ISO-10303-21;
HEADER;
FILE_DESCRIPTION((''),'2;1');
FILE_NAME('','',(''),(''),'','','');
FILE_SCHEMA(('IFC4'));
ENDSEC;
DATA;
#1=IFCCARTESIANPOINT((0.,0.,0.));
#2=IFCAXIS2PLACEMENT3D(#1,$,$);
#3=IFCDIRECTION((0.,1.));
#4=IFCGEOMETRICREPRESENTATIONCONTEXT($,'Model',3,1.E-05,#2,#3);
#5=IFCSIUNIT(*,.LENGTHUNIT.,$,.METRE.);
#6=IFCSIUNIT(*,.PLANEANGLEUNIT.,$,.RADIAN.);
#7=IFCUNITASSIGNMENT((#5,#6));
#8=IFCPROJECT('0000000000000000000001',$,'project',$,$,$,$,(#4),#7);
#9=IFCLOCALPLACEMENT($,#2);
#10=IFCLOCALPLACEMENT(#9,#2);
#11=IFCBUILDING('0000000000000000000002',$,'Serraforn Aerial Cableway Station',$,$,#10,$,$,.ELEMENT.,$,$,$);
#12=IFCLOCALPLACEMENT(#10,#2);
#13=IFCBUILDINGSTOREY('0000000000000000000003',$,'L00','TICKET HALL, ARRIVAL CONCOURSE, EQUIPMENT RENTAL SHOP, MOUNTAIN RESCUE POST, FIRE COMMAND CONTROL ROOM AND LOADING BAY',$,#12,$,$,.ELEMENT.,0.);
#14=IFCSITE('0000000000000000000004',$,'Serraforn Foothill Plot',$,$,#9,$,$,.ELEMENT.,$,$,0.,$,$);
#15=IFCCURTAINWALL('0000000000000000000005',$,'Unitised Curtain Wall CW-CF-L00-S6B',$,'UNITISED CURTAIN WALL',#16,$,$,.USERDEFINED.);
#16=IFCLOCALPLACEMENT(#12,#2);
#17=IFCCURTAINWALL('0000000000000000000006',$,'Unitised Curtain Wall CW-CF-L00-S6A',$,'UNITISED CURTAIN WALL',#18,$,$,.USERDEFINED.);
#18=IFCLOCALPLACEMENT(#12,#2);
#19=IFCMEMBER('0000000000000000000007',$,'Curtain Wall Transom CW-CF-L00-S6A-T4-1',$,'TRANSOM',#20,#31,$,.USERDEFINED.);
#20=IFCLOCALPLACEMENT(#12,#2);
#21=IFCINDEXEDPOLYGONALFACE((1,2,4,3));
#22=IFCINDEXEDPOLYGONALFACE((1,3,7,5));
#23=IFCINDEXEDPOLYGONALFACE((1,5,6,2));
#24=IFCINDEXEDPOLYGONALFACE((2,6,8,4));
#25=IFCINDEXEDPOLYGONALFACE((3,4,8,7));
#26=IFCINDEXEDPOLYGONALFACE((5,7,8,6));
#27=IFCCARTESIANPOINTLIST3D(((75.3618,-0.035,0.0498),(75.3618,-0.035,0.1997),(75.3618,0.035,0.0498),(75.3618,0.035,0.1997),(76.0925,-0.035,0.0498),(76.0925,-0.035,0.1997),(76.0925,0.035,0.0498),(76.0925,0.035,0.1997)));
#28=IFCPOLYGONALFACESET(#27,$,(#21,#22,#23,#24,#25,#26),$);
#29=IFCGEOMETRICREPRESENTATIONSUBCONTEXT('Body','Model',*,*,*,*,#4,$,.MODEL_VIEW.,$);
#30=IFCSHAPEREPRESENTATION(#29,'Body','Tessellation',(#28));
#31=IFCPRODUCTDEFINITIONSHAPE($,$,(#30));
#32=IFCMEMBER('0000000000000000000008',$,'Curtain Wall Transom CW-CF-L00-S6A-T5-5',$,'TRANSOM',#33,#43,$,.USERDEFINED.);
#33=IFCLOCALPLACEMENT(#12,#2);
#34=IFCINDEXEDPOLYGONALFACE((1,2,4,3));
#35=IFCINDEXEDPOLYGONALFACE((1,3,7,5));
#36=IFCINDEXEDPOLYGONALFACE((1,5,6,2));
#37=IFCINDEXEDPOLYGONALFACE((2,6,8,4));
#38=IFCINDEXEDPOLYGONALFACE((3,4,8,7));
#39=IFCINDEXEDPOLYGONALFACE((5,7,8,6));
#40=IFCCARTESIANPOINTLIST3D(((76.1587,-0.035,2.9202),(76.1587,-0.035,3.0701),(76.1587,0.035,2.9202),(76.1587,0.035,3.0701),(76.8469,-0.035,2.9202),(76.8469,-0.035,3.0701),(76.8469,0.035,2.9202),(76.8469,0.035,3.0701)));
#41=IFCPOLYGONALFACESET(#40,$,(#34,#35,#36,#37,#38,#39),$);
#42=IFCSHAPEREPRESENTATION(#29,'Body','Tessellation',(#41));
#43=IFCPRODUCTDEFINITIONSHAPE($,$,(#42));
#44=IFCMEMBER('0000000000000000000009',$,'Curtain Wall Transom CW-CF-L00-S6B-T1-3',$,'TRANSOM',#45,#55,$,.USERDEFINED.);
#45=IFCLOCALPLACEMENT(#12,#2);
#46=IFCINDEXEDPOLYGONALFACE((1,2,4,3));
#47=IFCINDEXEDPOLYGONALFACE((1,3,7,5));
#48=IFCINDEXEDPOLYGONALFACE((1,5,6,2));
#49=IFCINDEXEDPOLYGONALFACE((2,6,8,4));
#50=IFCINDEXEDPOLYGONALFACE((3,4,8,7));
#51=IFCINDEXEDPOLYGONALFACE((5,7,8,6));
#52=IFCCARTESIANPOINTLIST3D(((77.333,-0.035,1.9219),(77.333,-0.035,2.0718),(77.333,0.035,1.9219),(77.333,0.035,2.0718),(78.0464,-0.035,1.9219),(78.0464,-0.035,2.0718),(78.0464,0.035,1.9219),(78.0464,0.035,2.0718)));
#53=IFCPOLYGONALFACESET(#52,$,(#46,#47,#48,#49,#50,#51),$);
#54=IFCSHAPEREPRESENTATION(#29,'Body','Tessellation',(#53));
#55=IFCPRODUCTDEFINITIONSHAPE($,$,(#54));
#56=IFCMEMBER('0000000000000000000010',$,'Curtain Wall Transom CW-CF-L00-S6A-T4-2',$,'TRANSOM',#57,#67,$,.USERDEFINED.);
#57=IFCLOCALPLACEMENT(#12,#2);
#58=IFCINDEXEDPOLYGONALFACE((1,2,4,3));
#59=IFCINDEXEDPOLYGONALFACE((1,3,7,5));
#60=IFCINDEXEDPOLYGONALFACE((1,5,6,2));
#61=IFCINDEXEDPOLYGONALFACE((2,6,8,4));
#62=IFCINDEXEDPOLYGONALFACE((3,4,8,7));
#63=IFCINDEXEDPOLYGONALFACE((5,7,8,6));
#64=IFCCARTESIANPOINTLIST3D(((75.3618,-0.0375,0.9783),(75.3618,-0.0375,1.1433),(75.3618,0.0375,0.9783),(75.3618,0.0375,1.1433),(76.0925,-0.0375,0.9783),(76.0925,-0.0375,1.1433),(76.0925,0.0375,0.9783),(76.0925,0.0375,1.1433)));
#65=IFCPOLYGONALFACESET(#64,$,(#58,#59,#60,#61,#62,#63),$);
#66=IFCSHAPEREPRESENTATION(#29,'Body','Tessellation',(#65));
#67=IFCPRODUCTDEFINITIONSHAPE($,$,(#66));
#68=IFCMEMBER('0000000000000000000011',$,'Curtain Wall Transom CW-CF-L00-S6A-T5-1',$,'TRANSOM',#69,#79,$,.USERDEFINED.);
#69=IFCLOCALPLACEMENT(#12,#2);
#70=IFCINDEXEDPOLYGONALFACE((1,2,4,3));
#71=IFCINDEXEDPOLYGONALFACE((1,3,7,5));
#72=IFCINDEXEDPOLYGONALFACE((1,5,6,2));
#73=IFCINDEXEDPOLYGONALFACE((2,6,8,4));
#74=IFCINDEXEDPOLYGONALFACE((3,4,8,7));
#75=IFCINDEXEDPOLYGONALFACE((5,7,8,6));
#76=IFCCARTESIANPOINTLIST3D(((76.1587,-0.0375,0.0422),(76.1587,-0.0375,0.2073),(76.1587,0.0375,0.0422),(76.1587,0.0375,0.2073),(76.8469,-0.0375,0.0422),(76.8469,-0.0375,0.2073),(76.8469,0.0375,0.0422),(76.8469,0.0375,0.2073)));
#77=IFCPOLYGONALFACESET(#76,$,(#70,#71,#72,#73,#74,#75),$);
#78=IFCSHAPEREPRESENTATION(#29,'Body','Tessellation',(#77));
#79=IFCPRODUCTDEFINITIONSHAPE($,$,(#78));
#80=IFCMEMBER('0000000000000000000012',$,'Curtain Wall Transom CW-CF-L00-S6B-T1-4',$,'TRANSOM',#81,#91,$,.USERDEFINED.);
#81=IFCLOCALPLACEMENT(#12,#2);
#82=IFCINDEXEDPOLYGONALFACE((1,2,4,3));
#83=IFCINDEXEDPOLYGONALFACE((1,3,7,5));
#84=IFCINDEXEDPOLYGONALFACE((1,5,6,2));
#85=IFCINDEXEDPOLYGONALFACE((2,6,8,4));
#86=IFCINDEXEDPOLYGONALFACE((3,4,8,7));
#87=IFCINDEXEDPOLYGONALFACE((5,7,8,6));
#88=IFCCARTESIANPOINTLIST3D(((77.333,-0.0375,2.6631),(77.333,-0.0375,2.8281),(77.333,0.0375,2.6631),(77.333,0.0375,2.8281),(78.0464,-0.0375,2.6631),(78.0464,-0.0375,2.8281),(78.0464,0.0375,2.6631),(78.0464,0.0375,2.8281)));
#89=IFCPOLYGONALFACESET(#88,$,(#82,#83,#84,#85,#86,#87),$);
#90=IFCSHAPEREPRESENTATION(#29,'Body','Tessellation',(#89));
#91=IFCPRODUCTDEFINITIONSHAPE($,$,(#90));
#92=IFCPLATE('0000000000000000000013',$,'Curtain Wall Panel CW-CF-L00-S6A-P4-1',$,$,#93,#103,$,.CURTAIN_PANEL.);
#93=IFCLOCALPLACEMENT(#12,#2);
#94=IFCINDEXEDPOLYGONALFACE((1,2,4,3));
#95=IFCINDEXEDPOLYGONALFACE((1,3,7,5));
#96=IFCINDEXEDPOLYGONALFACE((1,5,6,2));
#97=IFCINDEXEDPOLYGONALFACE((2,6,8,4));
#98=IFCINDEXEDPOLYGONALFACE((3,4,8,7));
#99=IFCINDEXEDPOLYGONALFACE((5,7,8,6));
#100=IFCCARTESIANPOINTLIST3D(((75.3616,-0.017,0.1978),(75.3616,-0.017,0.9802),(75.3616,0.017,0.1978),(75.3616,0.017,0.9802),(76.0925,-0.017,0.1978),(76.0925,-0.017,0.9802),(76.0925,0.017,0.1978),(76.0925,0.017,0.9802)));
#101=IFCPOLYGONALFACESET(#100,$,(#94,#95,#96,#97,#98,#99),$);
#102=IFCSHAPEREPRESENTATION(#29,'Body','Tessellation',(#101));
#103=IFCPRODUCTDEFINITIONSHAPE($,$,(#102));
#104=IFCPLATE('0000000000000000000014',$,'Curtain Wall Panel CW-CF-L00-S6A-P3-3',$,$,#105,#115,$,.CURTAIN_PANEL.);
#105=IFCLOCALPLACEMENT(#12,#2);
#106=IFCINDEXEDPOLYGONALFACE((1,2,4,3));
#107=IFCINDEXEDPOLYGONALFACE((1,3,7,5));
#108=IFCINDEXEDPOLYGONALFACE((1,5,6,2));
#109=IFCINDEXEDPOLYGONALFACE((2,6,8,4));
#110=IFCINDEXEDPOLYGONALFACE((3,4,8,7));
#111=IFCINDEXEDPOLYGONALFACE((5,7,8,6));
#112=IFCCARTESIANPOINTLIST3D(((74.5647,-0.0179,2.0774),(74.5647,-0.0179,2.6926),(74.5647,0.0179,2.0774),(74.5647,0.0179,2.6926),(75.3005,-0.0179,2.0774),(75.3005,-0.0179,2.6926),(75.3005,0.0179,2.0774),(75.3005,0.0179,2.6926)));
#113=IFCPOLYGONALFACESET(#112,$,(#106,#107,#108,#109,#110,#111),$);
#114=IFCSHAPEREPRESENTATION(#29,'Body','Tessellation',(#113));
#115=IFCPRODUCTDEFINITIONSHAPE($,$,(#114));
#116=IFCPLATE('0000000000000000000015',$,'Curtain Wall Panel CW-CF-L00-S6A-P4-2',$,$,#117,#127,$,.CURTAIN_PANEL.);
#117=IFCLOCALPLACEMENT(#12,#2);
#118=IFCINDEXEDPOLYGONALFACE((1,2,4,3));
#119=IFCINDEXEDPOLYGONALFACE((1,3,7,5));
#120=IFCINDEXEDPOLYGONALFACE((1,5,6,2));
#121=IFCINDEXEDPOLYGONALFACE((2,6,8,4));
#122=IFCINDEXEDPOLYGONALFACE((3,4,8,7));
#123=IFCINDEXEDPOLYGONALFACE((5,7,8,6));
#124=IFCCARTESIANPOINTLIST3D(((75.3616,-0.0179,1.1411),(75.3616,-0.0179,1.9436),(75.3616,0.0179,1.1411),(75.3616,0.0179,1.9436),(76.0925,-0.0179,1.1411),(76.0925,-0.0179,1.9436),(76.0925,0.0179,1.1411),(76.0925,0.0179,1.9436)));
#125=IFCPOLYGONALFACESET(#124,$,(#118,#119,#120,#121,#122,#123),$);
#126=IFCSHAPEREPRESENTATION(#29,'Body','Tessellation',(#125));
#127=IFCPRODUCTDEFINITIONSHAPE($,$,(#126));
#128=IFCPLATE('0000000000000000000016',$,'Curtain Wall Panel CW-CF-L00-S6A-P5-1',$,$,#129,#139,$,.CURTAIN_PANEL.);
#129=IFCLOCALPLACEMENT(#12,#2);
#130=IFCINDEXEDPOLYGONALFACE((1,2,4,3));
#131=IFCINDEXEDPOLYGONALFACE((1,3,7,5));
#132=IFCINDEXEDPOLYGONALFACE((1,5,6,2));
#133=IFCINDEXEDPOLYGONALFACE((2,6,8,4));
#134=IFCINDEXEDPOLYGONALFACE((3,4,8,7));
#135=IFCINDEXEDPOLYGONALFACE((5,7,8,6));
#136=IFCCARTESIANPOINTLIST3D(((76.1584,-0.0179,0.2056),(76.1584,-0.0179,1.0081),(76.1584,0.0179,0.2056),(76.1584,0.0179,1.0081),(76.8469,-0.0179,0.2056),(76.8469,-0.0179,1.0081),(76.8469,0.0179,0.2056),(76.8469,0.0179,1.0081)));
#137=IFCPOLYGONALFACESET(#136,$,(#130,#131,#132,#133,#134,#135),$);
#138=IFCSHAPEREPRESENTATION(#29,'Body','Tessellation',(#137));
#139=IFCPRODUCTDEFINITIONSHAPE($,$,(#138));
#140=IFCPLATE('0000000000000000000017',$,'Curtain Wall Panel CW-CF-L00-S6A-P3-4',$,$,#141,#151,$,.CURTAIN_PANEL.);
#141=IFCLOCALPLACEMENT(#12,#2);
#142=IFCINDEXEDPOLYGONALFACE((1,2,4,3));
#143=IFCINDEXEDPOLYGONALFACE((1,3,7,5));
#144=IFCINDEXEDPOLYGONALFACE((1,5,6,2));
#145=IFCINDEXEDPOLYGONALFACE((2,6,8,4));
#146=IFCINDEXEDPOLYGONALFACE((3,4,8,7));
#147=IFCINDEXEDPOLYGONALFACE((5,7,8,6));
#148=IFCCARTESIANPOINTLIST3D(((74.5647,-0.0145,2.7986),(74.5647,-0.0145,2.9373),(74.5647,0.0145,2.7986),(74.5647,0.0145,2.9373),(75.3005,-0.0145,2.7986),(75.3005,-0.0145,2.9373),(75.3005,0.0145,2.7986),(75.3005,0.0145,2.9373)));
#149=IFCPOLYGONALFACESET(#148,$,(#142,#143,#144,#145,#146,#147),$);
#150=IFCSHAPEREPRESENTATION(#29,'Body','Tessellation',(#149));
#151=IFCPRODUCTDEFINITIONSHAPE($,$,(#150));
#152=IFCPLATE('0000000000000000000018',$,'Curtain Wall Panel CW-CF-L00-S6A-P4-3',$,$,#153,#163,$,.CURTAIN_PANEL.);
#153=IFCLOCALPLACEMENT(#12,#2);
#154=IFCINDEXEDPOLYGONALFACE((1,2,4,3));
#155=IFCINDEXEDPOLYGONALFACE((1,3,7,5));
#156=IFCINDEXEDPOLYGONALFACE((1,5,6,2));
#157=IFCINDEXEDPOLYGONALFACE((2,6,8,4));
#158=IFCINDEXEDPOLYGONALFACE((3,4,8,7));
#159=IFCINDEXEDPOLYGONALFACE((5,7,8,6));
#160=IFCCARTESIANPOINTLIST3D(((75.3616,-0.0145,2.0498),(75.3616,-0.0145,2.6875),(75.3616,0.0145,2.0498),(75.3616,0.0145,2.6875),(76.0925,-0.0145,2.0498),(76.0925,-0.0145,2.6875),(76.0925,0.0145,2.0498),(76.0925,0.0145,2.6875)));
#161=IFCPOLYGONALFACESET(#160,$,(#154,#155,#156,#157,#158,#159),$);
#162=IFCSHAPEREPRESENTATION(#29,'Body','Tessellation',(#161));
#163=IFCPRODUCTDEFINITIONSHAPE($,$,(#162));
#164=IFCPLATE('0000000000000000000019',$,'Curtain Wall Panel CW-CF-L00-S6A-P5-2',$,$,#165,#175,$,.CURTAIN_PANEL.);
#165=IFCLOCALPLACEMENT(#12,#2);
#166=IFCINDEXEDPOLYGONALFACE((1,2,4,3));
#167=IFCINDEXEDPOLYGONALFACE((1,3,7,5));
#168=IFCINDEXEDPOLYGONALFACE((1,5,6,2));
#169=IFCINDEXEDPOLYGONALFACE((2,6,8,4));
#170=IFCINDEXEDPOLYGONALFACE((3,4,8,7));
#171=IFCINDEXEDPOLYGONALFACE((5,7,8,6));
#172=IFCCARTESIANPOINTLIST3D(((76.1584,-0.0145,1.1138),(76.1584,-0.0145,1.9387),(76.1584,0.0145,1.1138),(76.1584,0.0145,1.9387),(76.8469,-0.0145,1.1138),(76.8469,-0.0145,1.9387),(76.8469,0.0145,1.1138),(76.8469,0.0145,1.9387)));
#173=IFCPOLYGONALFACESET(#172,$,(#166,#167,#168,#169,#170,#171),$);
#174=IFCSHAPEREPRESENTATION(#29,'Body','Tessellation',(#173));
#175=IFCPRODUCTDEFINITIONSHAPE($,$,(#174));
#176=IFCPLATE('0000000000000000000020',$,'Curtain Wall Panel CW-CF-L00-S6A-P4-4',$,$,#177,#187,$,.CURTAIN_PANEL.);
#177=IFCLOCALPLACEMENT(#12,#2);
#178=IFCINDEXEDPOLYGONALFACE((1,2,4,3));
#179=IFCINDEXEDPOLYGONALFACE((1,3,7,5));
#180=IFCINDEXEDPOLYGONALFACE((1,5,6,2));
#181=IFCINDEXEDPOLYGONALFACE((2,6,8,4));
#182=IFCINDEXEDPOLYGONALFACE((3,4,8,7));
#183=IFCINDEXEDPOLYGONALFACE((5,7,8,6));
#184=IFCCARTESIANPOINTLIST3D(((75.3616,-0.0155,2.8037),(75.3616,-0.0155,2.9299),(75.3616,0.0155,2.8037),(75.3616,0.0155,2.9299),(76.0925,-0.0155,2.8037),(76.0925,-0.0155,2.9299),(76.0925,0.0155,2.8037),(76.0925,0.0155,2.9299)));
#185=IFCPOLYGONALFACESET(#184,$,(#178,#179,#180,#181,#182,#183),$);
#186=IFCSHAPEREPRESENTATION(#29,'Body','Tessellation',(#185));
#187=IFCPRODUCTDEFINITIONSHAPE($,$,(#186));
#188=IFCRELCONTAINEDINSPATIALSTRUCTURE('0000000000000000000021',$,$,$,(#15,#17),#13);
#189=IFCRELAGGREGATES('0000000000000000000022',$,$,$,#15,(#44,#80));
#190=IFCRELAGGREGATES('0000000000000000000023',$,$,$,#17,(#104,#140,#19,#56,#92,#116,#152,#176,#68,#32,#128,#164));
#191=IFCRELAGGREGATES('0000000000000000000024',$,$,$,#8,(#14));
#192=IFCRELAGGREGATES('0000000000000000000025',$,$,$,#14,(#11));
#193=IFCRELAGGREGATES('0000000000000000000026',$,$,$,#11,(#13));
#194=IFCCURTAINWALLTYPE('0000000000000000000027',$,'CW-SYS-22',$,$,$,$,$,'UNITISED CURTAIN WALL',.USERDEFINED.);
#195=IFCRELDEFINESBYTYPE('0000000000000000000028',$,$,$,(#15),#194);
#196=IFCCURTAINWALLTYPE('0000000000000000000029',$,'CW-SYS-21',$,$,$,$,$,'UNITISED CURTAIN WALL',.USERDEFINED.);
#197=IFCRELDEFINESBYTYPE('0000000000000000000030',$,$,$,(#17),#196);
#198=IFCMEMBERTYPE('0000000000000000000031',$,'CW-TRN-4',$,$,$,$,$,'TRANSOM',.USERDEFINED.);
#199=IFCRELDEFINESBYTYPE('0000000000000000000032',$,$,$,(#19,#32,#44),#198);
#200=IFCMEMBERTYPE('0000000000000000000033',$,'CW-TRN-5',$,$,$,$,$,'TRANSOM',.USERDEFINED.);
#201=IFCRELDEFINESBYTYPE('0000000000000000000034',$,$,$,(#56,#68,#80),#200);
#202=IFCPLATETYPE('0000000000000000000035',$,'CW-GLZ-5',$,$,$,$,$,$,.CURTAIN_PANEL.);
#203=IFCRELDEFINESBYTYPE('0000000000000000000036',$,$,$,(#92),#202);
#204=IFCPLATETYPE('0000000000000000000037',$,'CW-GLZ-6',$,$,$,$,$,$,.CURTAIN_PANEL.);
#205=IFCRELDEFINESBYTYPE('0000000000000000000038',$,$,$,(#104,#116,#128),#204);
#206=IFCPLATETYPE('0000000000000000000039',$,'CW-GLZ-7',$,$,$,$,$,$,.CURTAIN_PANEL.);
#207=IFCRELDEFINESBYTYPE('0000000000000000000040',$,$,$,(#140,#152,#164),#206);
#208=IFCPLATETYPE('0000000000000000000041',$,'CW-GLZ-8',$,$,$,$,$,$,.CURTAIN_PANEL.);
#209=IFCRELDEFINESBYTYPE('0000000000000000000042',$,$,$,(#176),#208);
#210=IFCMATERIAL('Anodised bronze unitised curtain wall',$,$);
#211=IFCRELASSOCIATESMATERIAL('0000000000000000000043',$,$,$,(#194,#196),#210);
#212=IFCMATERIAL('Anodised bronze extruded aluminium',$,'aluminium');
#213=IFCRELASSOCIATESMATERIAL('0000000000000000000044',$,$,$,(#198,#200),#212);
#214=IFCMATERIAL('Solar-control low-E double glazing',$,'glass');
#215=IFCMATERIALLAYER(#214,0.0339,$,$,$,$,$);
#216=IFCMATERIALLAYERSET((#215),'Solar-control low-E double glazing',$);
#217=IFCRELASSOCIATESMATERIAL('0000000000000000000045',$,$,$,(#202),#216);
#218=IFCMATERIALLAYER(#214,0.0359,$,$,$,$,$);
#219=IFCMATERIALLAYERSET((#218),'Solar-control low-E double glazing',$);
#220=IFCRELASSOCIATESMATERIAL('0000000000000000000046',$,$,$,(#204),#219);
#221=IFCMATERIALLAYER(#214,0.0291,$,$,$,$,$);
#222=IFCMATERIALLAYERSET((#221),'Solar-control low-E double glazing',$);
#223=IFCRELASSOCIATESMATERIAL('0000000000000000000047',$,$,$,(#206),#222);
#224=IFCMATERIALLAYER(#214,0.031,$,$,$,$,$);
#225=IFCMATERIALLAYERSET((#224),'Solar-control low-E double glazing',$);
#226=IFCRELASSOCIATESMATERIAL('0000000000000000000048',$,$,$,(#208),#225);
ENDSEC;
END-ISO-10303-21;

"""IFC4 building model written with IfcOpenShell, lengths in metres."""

from ifc_helpers import new_model, si_unit, direction, frame, origin, origin_2d, place, context, subcontext, project, spatial, rectangle, extrude, material, layer, layer_set, material_profile, profile_set, type_object, element, aggregate, save


model = new_model("IFC4")

# Units and contexts
model_context = context("Model", 3, precision=1e-05, world=origin(), true_north=direction((0.0, 1.0)))
body_context = subcontext(model_context, "Body", "Model", "MODEL_VIEW")
ifc_project = project(units=[si_unit("LENGTHUNIT", "METRE"), si_unit("PLANEANGLEUNIT", "RADIAN")], contexts=[model_context])

# Site, building, storey
site_placement = place(None, origin())
site = spatial("IfcSite", under=ifc_project, at=site_placement, Name="Serraforn Foothill Plot", CompositionType="ELEMENT", RefElevation=0.0)
building_placement = place(site_placement, origin())
building = spatial("IfcBuilding", under=site, at=building_placement, Name="Serraforn Aerial Cableway Station", CompositionType="ELEMENT")
storey_placement = place(building_placement, origin())
storey = spatial("IfcBuildingStorey", under=building, at=storey_placement, Name="L00", Description="TICKET HALL, ARRIVAL CONCOURSE, EQUIPMENT RENTAL SHOP, MOUNTAIN RESCUE POST, FIRE COMMAND CONTROL ROOM AND LOADING BAY", CompositionType="ELEMENT", Elevation=0.0)

# Curtain wall
ifc_material_1 = material(Name="Anodised bronze unitised curtain wall")
curtain_wall_type_1 = type_object("IfcCurtainWallType", Name="CW-SYS-22", ElementType="UNITISED CURTAIN WALL", PredefinedType="USERDEFINED", material=ifc_material_1)
curtain_wall_1_placement = place(storey_placement, origin())
curtain_wall_1 = element("IfcCurtainWall", 1, at=curtain_wall_1_placement, inside=storey, type_object=curtain_wall_type_1, Name="Unitised Curtain Wall CW-CF-L00-S6B", ObjectType="UNITISED CURTAIN WALL", PredefinedType="USERDEFINED")
ifc_material_2 = material(Name="Anodised bronze extruded aluminium", Category="aluminium")

# Curtain wall
curtain_wall_type_2 = type_object("IfcCurtainWallType", Name="CW-SYS-21", ElementType="UNITISED CURTAIN WALL", PredefinedType="USERDEFINED", material=ifc_material_1)
curtain_wall_2_placement = place(storey_placement, origin())
curtain_wall_2 = element("IfcCurtainWall", 2, at=curtain_wall_2_placement, inside=storey, type_object=curtain_wall_type_2, Name="Unitised Curtain Wall CW-CF-L00-S6A", ObjectType="UNITISED CURTAIN WALL", PredefinedType="USERDEFINED")

# Members
ifc_material_profile_1 = material_profile(ifc_material_2, rectangle(XDim=0.0701, YDim=0.1499, at=origin_2d()), Name="CW TRANSOM 70x150")
ifc_profile_set_1 = profile_set([ifc_material_profile_1], Name="Anodised bronze extruded aluminium")
member_type_1 = type_object("IfcMemberType", Name="CW-TRN-4", ElementType="TRANSOM", PredefinedType="USERDEFINED", material=ifc_profile_set_1)
member_1_placement = place(storey_placement, frame((75.3618, 0.0, 0.1248), z_axis=(1.0, 0.0, 0.0), x_axis=(0.0, 1.0, 0.0)))
member_1 = element("IfcMember", 3, at=member_1_placement, type_object=member_type_1, Name="Curtain Wall Transom CW-CF-L00-S6A-T4-1", ObjectType="TRANSOM", PredefinedType="USERDEFINED", context=body_context, shape_type="SweptSolid", body=[
    extrude(rectangle(XDim=0.0701, YDim=0.1499, at=origin_2d()), origin(), (0.0, 0.0, 1.0), 0.7307),
])
member_2_placement = place(storey_placement, frame((76.1587, 0.0, 2.9951), z_axis=(1.0, 0.0, 0.0), x_axis=(0.0, 1.0, 0.0)))
member_2 = element("IfcMember", 4, at=member_2_placement, type_object=member_type_1, Name="Curtain Wall Transom CW-CF-L00-S6A-T5-5", ObjectType="TRANSOM", PredefinedType="USERDEFINED", context=body_context, shape_type="SweptSolid", body=[
    extrude(rectangle(XDim=0.0701, YDim=0.1499, at=origin_2d()), origin(), (0.0, 0.0, 1.0), 0.6882),
])
member_3_placement = place(storey_placement, frame((77.333, 0.0, 1.9968), z_axis=(1.0, 0.0, 0.0), x_axis=(0.0, 1.0, 0.0)))
member_3 = element("IfcMember", 5, at=member_3_placement, type_object=member_type_1, Name="Curtain Wall Transom CW-CF-L00-S6B-T1-3", ObjectType="TRANSOM", PredefinedType="USERDEFINED", context=body_context, shape_type="SweptSolid", body=[
    extrude(rectangle(XDim=0.0701, YDim=0.1499, at=origin_2d()), origin(), (0.0, 0.0, 1.0), 0.7134),
])
ifc_material_profile_2 = material_profile(ifc_material_2, rectangle(XDim=0.075, YDim=0.165, at=origin_2d()), Name="CW TRANSOM 75x165")
ifc_profile_set_2 = profile_set([ifc_material_profile_2], Name="Anodised bronze extruded aluminium")
member_type_2 = type_object("IfcMemberType", Name="CW-TRN-5", ElementType="TRANSOM", PredefinedType="USERDEFINED", material=ifc_profile_set_2)
member_4_placement = place(storey_placement, frame((75.3618, 0.0, 1.0608), z_axis=(1.0, 0.0, 0.0), x_axis=(0.0, 1.0, 0.0)))
member_4 = element("IfcMember", 6, at=member_4_placement, type_object=member_type_2, Name="Curtain Wall Transom CW-CF-L00-S6A-T4-2", ObjectType="TRANSOM", PredefinedType="USERDEFINED", context=body_context, shape_type="SweptSolid", body=[
    extrude(rectangle(XDim=0.075, YDim=0.165, at=origin_2d()), origin(), (0.0, 0.0, 1.0), 0.7307),
])
member_5_placement = place(storey_placement, frame((76.1587, 0.0, 0.1248), z_axis=(1.0, 0.0, 0.0), x_axis=(0.0, 1.0, 0.0)))
member_5 = element("IfcMember", 7, at=member_5_placement, type_object=member_type_2, Name="Curtain Wall Transom CW-CF-L00-S6A-T5-1", ObjectType="TRANSOM", PredefinedType="USERDEFINED", context=body_context, shape_type="SweptSolid", body=[
    extrude(rectangle(XDim=0.075, YDim=0.165, at=origin_2d()), origin(), (0.0, 0.0, 1.0), 0.6882),
])
member_6_placement = place(storey_placement, frame((77.333, 0.0, 2.7456), z_axis=(1.0, 0.0, 0.0), x_axis=(0.0, 1.0, 0.0)))
member_6 = element("IfcMember", 8, at=member_6_placement, type_object=member_type_2, Name="Curtain Wall Transom CW-CF-L00-S6B-T1-4", ObjectType="TRANSOM", PredefinedType="USERDEFINED", context=body_context, shape_type="SweptSolid", body=[
    extrude(rectangle(XDim=0.075, YDim=0.165, at=origin_2d()), origin(), (0.0, 0.0, 1.0), 0.7134),
])
aggregate(curtain_wall_1, [member_3, member_6])

# Plates
ifc_material_3 = material(Name="Solar-control low-E double glazing", Category="glass")
ifc_layer_1 = layer(ifc_material_3, 0.0339)
ifc_layer_set_1 = layer_set([ifc_layer_1], Name="Solar-control low-E double glazing")
plate_type_1 = type_object("IfcPlateType", Name="CW-GLZ-5", PredefinedType="CURTAIN_PANEL", material=ifc_layer_set_1)
plate_1_placement = place(storey_placement, frame((75.7271, 0.0, 0.1978), z_axis=(0.0, 0.0, 1.0), x_axis=(1.0, 0.0, 0.0)))
plate_1 = element("IfcPlate", 9, at=plate_1_placement, type_object=plate_type_1, Name="Curtain Wall Panel CW-CF-L00-S6A-P4-1", PredefinedType="CURTAIN_PANEL", context=body_context, shape_type="SweptSolid", body=[
    extrude(rectangle(XDim=0.731, YDim=0.0339, at=origin_2d()), origin(), (0.0, 0.0, 1.0), 0.7825),
])
ifc_layer_2 = layer(ifc_material_3, 0.0359)
ifc_layer_set_2 = layer_set([ifc_layer_2], Name="Solar-control low-E double glazing")
plate_type_2 = type_object("IfcPlateType", Name="CW-GLZ-6", PredefinedType="CURTAIN_PANEL", material=ifc_layer_set_2)
plate_2_placement = place(storey_placement, frame((74.9326, 0.0, 2.0774), z_axis=(0.0, 0.0, 1.0), x_axis=(1.0, 0.0, 0.0)))
plate_2 = element("IfcPlate", 10, at=plate_2_placement, type_object=plate_type_2, Name="Curtain Wall Panel CW-CF-L00-S6A-P3-3", PredefinedType="CURTAIN_PANEL", context=body_context, shape_type="SweptSolid", body=[
    extrude(rectangle(XDim=0.7358, YDim=0.0359, at=origin_2d()), origin(), (0.0, 0.0, 1.0), 0.6152),
])
plate_3_placement = place(storey_placement, frame((75.7271, 0.0, 1.1411), z_axis=(0.0, 0.0, 1.0), x_axis=(1.0, 0.0, 0.0)))
plate_3 = element("IfcPlate", 11, at=plate_3_placement, type_object=plate_type_2, Name="Curtain Wall Panel CW-CF-L00-S6A-P4-2", PredefinedType="CURTAIN_PANEL", context=body_context, shape_type="SweptSolid", body=[
    extrude(rectangle(XDim=0.731, YDim=0.0359, at=origin_2d()), origin(), (0.0, 0.0, 1.0), 0.8025),
])
plate_4_placement = place(storey_placement, frame((76.5027, 0.0, 0.2056), z_axis=(0.0, 0.0, 1.0), x_axis=(1.0, 0.0, 0.0)))
plate_4 = element("IfcPlate", 12, at=plate_4_placement, type_object=plate_type_2, Name="Curtain Wall Panel CW-CF-L00-S6A-P5-1", PredefinedType="CURTAIN_PANEL", context=body_context, shape_type="SweptSolid", body=[
    extrude(rectangle(XDim=0.6885, YDim=0.0359, at=origin_2d()), origin(), (0.0, 0.0, 1.0), 0.8025),
])
ifc_layer_3 = layer(ifc_material_3, 0.0291)
ifc_layer_set_3 = layer_set([ifc_layer_3], Name="Solar-control low-E double glazing")
plate_type_3 = type_object("IfcPlateType", Name="CW-GLZ-7", PredefinedType="CURTAIN_PANEL", material=ifc_layer_set_3)
plate_5_placement = place(storey_placement, frame((74.9326, 0.0, 2.7986), z_axis=(0.0, 0.0, 1.0), x_axis=(1.0, 0.0, 0.0)))
plate_5 = element("IfcPlate", 13, at=plate_5_placement, type_object=plate_type_3, Name="Curtain Wall Panel CW-CF-L00-S6A-P3-4", PredefinedType="CURTAIN_PANEL", context=body_context, shape_type="SweptSolid", body=[
    extrude(rectangle(XDim=0.7358, YDim=0.0291, at=origin_2d()), origin(), (0.0, 0.0, 1.0), 0.1387),
])
plate_6_placement = place(storey_placement, frame((75.7271, 0.0, 2.0498), z_axis=(0.0, 0.0, 1.0), x_axis=(1.0, 0.0, 0.0)))
plate_6 = element("IfcPlate", 14, at=plate_6_placement, type_object=plate_type_3, Name="Curtain Wall Panel CW-CF-L00-S6A-P4-3", PredefinedType="CURTAIN_PANEL", context=body_context, shape_type="SweptSolid", body=[
    extrude(rectangle(XDim=0.731, YDim=0.0291, at=origin_2d()), origin(), (0.0, 0.0, 1.0), 0.6377),
])
plate_7_placement = place(storey_placement, frame((76.5027, 0.0, 1.1138), z_axis=(0.0, 0.0, 1.0), x_axis=(1.0, 0.0, 0.0)))
plate_7 = element("IfcPlate", 15, at=plate_7_placement, type_object=plate_type_3, Name="Curtain Wall Panel CW-CF-L00-S6A-P5-2", PredefinedType="CURTAIN_PANEL", context=body_context, shape_type="SweptSolid", body=[
    extrude(rectangle(XDim=0.6885, YDim=0.0291, at=origin_2d()), origin(), (0.0, 0.0, 1.0), 0.825),
])
ifc_layer_4 = layer(ifc_material_3, 0.031)
ifc_layer_set_4 = layer_set([ifc_layer_4], Name="Solar-control low-E double glazing")
plate_type_4 = type_object("IfcPlateType", Name="CW-GLZ-8", PredefinedType="CURTAIN_PANEL", material=ifc_layer_set_4)
plate_8_placement = place(storey_placement, frame((75.7271, 0.0, 2.8037), z_axis=(0.0, 0.0, 1.0), x_axis=(1.0, 0.0, 0.0)))
plate_8 = element("IfcPlate", 16, at=plate_8_placement, type_object=plate_type_4, Name="Curtain Wall Panel CW-CF-L00-S6A-P4-4", PredefinedType="CURTAIN_PANEL", context=body_context, shape_type="SweptSolid", body=[
    extrude(rectangle(XDim=0.731, YDim=0.031, at=origin_2d()), origin(), (0.0, 0.0, 1.0), 0.1262),
])
aggregate(curtain_wall_2, [plate_2, plate_5, member_1, member_4, plate_1, plate_3, plate_6, plate_8, member_5, member_2, plate_4, plate_7])

save(model, "model.ifc")
